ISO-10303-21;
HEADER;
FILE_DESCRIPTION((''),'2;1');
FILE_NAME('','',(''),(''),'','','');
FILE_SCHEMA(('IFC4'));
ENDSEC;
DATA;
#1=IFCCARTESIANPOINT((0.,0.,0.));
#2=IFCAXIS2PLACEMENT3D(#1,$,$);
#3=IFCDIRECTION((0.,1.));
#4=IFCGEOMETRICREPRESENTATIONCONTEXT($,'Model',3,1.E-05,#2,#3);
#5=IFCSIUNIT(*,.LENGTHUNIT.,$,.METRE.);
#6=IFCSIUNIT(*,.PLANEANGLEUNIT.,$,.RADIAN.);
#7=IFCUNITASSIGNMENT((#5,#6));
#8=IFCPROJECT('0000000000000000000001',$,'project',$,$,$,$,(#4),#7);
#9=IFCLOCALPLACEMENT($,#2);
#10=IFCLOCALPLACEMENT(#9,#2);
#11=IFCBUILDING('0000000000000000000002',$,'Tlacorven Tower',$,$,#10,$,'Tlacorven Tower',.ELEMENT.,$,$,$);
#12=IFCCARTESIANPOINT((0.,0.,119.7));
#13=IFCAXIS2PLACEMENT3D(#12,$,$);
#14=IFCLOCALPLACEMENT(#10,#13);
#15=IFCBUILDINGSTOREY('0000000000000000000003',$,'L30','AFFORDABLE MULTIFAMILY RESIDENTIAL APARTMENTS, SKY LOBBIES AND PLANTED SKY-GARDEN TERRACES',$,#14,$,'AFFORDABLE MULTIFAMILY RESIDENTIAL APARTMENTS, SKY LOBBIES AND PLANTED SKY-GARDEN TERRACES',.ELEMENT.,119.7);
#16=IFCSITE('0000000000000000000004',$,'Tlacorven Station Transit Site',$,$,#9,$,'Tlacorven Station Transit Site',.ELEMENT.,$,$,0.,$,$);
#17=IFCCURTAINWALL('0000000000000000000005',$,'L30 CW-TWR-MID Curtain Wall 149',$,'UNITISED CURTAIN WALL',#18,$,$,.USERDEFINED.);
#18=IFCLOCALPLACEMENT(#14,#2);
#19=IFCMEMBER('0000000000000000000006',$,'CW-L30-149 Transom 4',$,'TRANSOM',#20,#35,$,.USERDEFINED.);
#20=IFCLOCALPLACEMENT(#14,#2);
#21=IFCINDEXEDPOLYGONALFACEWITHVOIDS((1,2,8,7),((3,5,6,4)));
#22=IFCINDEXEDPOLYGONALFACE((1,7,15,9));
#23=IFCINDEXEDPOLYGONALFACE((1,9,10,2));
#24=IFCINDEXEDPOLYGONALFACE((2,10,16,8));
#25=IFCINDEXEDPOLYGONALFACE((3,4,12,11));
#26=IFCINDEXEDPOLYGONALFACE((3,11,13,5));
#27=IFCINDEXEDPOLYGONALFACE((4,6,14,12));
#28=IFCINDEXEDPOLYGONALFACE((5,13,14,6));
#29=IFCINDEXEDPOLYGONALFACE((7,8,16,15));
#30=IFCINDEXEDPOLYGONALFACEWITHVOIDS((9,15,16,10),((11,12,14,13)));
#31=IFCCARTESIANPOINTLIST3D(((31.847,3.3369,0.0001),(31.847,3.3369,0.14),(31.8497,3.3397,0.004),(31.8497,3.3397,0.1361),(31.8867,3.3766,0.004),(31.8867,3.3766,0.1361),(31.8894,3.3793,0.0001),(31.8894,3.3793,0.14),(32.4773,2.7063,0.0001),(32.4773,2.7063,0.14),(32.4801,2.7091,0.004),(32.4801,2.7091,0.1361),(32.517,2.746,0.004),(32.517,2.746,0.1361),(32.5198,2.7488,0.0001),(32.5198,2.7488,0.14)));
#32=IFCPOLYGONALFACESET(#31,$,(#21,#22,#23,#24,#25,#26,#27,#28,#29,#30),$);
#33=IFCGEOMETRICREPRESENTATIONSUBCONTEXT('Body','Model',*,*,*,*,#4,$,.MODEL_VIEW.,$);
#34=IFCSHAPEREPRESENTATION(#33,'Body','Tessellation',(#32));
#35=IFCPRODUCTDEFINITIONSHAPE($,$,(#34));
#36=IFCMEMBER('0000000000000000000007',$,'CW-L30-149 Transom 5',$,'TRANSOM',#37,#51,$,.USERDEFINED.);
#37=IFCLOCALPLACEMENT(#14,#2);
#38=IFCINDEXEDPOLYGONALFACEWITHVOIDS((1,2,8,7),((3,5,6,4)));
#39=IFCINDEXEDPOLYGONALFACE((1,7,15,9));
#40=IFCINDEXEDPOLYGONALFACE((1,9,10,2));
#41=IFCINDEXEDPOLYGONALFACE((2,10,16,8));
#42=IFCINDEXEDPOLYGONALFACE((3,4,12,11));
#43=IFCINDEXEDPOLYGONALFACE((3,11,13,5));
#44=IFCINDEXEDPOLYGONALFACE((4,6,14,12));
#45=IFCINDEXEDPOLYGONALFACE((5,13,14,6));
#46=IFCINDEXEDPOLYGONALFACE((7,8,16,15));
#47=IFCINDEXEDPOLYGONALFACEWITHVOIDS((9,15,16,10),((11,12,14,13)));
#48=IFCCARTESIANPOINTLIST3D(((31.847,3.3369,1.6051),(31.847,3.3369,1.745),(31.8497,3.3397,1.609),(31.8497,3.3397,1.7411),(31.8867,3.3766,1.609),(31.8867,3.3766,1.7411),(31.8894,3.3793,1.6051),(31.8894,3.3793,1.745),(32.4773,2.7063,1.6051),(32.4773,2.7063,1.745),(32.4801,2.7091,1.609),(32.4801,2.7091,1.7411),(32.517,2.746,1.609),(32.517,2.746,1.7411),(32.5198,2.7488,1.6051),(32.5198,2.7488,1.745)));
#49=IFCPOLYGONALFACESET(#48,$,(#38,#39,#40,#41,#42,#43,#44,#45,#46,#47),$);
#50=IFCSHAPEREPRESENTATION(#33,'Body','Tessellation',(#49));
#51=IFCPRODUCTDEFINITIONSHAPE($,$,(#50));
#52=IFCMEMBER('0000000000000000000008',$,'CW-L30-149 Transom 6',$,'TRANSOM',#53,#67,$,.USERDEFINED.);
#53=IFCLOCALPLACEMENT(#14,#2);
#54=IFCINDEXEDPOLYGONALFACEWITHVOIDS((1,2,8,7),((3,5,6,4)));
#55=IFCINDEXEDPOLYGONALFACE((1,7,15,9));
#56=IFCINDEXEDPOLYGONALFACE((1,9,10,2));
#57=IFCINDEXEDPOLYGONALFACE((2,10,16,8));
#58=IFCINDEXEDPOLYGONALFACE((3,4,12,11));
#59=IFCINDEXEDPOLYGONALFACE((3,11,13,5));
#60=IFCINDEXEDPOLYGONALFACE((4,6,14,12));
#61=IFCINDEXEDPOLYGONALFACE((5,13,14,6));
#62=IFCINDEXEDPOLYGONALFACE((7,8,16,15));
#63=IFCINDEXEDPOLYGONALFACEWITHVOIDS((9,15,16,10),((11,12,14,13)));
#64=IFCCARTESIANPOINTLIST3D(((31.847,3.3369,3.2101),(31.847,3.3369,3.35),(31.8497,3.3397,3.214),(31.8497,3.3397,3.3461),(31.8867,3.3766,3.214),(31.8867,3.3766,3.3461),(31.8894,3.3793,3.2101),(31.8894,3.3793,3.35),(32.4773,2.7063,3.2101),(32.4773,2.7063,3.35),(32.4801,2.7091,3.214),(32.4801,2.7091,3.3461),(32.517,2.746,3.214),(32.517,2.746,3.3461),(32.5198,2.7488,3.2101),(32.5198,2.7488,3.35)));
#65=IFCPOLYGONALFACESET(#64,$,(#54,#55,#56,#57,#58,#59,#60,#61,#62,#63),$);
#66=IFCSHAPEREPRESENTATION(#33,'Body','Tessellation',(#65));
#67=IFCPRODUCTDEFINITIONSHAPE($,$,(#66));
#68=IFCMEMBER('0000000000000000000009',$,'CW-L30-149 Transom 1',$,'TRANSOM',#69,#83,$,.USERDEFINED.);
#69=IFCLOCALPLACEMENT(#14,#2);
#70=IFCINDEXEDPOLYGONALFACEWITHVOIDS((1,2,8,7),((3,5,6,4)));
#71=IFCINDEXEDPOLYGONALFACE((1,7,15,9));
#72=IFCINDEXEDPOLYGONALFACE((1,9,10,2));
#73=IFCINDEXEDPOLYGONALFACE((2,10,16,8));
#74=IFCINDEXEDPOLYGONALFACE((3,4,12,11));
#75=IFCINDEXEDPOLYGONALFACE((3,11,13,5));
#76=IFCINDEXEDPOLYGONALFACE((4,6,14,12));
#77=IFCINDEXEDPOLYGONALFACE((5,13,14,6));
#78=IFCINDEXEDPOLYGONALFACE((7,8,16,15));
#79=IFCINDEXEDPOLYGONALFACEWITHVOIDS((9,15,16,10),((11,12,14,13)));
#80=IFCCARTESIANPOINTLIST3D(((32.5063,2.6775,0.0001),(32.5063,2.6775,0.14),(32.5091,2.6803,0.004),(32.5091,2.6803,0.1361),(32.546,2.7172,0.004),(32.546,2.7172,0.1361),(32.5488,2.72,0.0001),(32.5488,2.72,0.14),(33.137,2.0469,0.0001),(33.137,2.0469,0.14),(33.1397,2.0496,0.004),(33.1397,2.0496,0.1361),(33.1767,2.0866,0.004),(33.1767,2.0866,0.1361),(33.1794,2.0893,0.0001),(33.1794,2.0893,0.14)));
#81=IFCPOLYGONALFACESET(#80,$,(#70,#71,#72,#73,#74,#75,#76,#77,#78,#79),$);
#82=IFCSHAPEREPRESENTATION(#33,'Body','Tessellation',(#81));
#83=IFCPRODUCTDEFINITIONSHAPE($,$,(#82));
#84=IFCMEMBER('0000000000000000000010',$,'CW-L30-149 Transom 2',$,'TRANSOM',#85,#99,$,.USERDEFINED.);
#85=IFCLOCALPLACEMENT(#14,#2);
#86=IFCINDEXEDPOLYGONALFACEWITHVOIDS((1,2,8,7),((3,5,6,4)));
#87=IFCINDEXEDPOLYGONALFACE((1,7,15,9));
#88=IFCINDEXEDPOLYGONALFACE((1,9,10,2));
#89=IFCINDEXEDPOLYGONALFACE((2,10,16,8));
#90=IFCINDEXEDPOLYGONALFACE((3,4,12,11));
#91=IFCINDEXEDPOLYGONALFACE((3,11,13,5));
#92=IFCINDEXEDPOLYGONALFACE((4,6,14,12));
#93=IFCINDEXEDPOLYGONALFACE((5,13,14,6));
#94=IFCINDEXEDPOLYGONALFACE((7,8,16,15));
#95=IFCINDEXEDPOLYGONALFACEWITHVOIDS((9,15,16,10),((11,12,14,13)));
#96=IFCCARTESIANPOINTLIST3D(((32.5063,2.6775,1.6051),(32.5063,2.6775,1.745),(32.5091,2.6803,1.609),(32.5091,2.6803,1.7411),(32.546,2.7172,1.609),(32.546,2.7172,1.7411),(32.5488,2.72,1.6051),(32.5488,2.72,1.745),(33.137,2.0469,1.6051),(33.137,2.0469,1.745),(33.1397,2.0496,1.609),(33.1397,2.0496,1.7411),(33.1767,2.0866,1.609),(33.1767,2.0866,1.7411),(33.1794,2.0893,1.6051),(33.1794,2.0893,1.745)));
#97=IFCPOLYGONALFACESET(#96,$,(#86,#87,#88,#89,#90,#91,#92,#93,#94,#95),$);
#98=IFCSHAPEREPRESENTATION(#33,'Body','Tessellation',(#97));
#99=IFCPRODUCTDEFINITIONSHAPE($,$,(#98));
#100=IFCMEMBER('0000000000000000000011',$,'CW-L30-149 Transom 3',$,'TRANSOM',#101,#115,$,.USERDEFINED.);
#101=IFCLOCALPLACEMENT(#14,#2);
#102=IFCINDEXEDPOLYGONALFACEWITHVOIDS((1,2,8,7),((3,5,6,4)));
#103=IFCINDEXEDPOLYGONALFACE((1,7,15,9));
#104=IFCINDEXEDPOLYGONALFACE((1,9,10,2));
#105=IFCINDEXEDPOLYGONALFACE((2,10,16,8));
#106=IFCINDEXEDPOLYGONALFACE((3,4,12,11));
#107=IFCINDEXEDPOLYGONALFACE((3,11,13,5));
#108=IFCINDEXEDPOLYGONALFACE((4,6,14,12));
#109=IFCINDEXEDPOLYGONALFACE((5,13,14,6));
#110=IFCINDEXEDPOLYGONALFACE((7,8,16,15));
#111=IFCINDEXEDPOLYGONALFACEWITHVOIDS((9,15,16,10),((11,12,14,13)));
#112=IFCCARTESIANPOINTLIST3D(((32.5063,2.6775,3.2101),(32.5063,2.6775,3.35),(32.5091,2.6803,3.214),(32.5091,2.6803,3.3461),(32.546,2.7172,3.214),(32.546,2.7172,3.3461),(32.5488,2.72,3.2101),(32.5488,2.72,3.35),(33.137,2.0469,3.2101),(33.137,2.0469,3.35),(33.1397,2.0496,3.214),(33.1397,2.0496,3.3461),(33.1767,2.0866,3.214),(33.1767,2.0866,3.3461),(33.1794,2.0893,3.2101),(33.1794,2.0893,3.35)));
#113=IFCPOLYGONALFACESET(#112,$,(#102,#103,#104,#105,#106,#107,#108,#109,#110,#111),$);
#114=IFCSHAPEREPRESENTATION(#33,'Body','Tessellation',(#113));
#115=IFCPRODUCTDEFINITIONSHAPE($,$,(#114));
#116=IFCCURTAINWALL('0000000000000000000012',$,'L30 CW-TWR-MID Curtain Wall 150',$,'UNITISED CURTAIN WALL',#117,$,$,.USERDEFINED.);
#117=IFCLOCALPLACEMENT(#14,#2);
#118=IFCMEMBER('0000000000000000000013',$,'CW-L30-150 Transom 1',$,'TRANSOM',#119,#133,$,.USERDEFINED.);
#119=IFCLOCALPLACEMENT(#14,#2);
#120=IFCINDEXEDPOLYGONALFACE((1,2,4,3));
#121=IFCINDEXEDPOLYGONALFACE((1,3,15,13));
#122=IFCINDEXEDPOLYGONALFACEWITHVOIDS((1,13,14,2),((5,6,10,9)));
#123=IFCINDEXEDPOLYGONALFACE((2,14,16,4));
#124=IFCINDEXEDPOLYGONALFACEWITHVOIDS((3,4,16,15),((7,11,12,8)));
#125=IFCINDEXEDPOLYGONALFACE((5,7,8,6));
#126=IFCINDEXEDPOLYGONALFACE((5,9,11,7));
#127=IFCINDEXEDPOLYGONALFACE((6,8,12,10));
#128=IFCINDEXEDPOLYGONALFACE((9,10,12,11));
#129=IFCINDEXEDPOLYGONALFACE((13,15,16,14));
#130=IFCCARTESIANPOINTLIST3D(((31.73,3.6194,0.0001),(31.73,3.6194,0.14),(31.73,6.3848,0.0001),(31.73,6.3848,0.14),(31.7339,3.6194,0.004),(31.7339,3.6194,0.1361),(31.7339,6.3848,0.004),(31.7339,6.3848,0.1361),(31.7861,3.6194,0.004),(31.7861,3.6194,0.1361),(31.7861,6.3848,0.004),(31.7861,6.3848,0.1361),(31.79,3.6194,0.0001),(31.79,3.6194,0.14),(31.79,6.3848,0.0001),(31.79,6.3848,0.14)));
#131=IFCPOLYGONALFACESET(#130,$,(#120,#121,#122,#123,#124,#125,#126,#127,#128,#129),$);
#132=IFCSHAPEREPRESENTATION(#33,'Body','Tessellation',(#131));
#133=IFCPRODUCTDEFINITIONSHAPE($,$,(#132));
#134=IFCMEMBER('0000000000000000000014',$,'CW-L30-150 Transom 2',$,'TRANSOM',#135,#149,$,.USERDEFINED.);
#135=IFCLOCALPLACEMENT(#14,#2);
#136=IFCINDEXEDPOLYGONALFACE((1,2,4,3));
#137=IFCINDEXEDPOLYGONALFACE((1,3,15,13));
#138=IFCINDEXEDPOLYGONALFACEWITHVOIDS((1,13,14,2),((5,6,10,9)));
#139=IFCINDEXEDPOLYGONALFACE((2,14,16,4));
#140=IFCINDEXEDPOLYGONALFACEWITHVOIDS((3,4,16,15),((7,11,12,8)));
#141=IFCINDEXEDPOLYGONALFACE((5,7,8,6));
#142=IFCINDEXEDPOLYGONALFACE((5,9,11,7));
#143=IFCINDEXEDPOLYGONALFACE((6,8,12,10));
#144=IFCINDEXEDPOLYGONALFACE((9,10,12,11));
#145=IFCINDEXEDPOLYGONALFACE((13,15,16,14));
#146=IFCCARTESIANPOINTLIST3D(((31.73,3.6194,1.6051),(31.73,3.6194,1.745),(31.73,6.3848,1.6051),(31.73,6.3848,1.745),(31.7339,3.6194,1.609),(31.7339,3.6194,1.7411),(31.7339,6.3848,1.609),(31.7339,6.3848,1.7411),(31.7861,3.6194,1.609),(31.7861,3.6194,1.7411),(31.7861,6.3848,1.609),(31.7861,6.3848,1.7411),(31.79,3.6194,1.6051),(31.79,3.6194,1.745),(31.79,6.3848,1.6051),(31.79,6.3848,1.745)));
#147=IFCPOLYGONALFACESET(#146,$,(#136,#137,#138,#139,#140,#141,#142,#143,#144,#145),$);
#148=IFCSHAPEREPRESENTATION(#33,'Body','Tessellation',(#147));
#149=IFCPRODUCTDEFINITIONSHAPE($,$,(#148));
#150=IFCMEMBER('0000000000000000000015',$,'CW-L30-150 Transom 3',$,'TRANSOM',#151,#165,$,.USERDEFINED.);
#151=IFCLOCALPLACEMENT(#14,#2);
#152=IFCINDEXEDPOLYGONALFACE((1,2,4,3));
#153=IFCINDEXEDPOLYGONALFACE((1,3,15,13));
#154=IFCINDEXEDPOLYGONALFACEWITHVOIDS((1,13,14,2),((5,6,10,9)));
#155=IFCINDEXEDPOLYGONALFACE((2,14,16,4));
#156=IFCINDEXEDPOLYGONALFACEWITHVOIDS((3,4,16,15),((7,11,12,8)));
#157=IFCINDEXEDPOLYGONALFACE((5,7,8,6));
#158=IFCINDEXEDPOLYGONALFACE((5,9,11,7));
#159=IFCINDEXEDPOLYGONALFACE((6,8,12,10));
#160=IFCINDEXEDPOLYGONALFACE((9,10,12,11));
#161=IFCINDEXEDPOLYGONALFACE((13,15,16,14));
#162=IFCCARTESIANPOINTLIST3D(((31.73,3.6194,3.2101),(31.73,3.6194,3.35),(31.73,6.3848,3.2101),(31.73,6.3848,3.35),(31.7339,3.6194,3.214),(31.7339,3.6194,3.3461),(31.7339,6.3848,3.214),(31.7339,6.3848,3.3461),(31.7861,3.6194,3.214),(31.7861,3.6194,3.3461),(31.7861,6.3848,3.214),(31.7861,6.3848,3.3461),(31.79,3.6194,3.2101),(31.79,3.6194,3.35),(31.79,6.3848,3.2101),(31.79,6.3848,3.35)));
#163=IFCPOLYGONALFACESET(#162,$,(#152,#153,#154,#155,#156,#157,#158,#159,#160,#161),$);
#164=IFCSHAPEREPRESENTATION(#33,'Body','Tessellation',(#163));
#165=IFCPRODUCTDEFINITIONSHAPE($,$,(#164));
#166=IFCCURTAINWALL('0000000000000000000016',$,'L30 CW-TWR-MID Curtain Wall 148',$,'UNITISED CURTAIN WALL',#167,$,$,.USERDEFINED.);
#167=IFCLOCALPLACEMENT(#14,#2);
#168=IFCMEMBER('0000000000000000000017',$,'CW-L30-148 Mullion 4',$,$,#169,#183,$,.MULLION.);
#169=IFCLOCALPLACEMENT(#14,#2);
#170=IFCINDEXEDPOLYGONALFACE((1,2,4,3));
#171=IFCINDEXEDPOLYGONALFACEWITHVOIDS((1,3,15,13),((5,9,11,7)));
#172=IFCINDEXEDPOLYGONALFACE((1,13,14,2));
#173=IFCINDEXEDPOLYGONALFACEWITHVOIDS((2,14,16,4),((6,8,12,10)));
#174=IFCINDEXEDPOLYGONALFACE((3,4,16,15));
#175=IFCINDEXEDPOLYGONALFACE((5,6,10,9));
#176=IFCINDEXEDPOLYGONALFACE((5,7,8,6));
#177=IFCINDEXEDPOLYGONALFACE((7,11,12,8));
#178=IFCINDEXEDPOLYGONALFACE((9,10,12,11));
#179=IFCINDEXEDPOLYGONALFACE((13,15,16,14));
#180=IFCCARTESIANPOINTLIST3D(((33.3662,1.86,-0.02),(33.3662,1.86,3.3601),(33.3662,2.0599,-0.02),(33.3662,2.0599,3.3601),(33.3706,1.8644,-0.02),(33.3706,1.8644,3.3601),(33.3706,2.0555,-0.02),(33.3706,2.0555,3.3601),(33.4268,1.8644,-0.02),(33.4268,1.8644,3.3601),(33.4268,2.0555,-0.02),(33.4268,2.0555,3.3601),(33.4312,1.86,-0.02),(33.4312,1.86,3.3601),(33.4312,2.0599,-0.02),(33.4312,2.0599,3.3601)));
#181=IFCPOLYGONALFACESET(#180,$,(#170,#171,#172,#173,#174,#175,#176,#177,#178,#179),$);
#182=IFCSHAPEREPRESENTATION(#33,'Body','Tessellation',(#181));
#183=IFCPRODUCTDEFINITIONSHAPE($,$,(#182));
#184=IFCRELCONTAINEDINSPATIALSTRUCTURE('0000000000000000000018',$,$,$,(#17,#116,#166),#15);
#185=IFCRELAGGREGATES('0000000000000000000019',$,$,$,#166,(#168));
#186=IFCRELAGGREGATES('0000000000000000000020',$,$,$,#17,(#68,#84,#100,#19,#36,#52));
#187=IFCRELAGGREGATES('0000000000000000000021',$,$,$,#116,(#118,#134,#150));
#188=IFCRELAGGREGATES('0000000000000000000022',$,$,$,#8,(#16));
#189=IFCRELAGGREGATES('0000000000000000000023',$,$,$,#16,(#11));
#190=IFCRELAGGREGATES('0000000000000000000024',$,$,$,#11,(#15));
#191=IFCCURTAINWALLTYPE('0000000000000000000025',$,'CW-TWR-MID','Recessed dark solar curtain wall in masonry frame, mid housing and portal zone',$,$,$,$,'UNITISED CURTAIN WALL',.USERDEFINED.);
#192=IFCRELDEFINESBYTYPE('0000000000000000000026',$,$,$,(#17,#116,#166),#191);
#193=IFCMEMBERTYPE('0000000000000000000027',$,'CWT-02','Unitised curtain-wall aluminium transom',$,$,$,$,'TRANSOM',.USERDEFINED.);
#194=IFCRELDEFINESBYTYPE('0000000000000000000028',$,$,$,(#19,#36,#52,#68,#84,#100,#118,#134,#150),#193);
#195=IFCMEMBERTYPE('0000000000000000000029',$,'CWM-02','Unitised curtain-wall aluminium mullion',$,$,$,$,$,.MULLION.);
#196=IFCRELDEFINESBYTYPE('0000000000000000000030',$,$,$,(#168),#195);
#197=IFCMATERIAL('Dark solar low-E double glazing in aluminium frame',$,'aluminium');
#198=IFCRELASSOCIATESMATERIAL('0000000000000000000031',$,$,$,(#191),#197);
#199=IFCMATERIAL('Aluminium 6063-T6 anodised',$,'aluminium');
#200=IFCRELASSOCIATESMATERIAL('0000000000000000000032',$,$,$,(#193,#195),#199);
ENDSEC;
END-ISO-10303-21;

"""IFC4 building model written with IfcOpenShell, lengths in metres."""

from ifc_helpers import new_model, si_unit, direction, frame, origin, origin_2d, place, context, subcontext, project, spatial, hollow_rectangle, extrude, source, transform, mapped, material, material_profile, profile_set, type_object, element, aggregate, save


model = new_model("IFC4")

# Units and contexts
model_context = context("Model", 3, precision=1e-05, world=origin(), true_north=direction((0.0, 1.0)))
body_context = subcontext(model_context, "Body", "Model", "MODEL_VIEW")
ifc_project = project(units=[si_unit("LENGTHUNIT", "METRE"), si_unit("PLANEANGLEUNIT", "RADIAN")], contexts=[model_context])

# Site, building, storey
site_placement = place(None, origin())
site = spatial("IfcSite", under=ifc_project, at=site_placement, Name="Tlacorven Station Transit Site", LongName="Tlacorven Station Transit Site", CompositionType="ELEMENT", RefElevation=0.0)
building_placement = place(site_placement, origin())
building = spatial("IfcBuilding", under=site, at=building_placement, Name="Tlacorven Tower", LongName="Tlacorven Tower", CompositionType="ELEMENT")
storey_placement = place(building_placement, frame((0.0, 0.0, 119.7)))
storey = spatial("IfcBuildingStorey", under=building, at=storey_placement, Name="L30", Description="AFFORDABLE MULTIFAMILY RESIDENTIAL APARTMENTS, SKY LOBBIES AND PLANTED SKY-GARDEN TERRACES", LongName="AFFORDABLE MULTIFAMILY RESIDENTIAL APARTMENTS, SKY LOBBIES AND PLANTED SKY-GARDEN TERRACES", CompositionType="ELEMENT", Elevation=119.7)

# Curtain walls, members
ifc_material_1 = material(Name="Dark solar low-E double glazing in aluminium frame", Category="aluminium")
curtain_wall_type = type_object("IfcCurtainWallType", Name="CW-TWR-MID", Description="Recessed dark solar curtain wall in masonry frame, mid housing and portal zone", ElementType="UNITISED CURTAIN WALL", PredefinedType="USERDEFINED", material=ifc_material_1)
curtain_wall_1_placement = place(storey_placement, origin())
curtain_wall_1 = element("IfcCurtainWall", 1, at=curtain_wall_1_placement, inside=storey, type_object=curtain_wall_type, Name="L30 CW-TWR-MID Curtain Wall 149", ObjectType="UNITISED CURTAIN WALL", PredefinedType="USERDEFINED")
ifc_material_2 = material(Name="Aluminium 6063-T6 anodised", Category="aluminium")
ifc_material_profile_1 = material_profile(ifc_material_2, hollow_rectangle(XDim=0.0601, YDim=0.1399, WallThickness=0.0039, at=origin_2d()), Name="ALU TRANSOM 60X140")
ifc_profile_set_1 = profile_set([ifc_material_profile_1], Name="Aluminium 6063-T6 anodised")
member_type_1 = type_object("IfcMemberType", Name="CWT-02", Description="Unitised curtain-wall aluminium transom", ElementType="TRANSOM", PredefinedType="USERDEFINED", material=ifc_profile_set_1)
shared_shape_1 = source(origin(), body_context, "Body", "SweptSolid", [
    extrude(hollow_rectangle(XDim=0.0601, YDim=0.1399, WallThickness=0.0039, at=origin_2d()), origin(), (0.0, 0.0, 1.0), 0.8916),
])
member_1_placement = place(storey_placement, frame((32.4985, 2.7275, 0.0701), z_axis=(-0.70697, 0.707244, 0.0), x_axis=(-0.707244, -0.70697, 0.0)))
member_1 = element("IfcMember", 2, at=member_1_placement, type_object=member_type_1, Name="CW-L30-149 Transom 4", ObjectType="TRANSOM", PredefinedType="USERDEFINED", context=body_context, shape_type="MappedRepresentation", body=[
    mapped(shared_shape_1, transform((0.0, 0.0, 0.0), scale=1.0)),
])
member_2_placement = place(storey_placement, frame((32.4985, 2.7275, 1.675), z_axis=(-0.70697, 0.707244, 0.0), x_axis=(-0.707244, -0.70697, 0.0)))
member_2 = element("IfcMember", 3, at=member_2_placement, type_object=member_type_1, Name="CW-L30-149 Transom 5", ObjectType="TRANSOM", PredefinedType="USERDEFINED", context=body_context, shape_type="MappedRepresentation", body=[
    mapped(shared_shape_1, transform((0.0, 0.0, 0.0), scale=1.0)),
])
member_3_placement = place(storey_placement, frame((32.4985, 2.7275, 3.28), z_axis=(-0.70697, 0.707244, 0.0), x_axis=(-0.707244, -0.70697, 0.0)))
member_3 = element("IfcMember", 4, at=member_3_placement, type_object=member_type_1, Name="CW-L30-149 Transom 6", ObjectType="TRANSOM", PredefinedType="USERDEFINED", context=body_context, shape_type="MappedRepresentation", body=[
    mapped(shared_shape_1, transform((0.0, 0.0, 0.0), scale=1.0)),
])
shared_shape_2 = source(origin(), body_context, "Body", "SweptSolid", [
    extrude(hollow_rectangle(XDim=0.0601, YDim=0.1399, WallThickness=0.0039, at=origin_2d()), origin(), (0.0, 0.0, 1.0), 0.8918),
])
member_4_placement = place(storey_placement, frame((33.1582, 2.0681, 0.0701), z_axis=(-0.707107, 0.707107, 0.0), x_axis=(-0.707107, -0.707107, 0.0)))
member_4 = element("IfcMember", 5, at=member_4_placement, type_object=member_type_1, Name="CW-L30-149 Transom 1", ObjectType="TRANSOM", PredefinedType="USERDEFINED", context=body_context, shape_type="MappedRepresentation", body=[
    mapped(shared_shape_2, transform((0.0, 0.0, 0.0), scale=1.0)),
])
member_5_placement = place(storey_placement, frame((33.1582, 2.0681, 1.675), z_axis=(-0.707107, 0.707107, 0.0), x_axis=(-0.707107, -0.707107, 0.0)))
member_5 = element("IfcMember", 6, at=member_5_placement, type_object=member_type_1, Name="CW-L30-149 Transom 2", ObjectType="TRANSOM", PredefinedType="USERDEFINED", context=body_context, shape_type="MappedRepresentation", body=[
    mapped(shared_shape_2, transform((0.0, 0.0, 0.0), scale=1.0)),
])
member_6_placement = place(storey_placement, frame((33.1582, 2.0681, 3.28), z_axis=(-0.707107, 0.707107, 0.0), x_axis=(-0.707107, -0.707107, 0.0)))
member_6 = element("IfcMember", 7, at=member_6_placement, type_object=member_type_1, Name="CW-L30-149 Transom 3", ObjectType="TRANSOM", PredefinedType="USERDEFINED", context=body_context, shape_type="MappedRepresentation", body=[
    mapped(shared_shape_2, transform((0.0, 0.0, 0.0), scale=1.0)),
])
curtain_wall_2_placement = place(storey_placement, origin())
curtain_wall_2 = element("IfcCurtainWall", 8, at=curtain_wall_2_placement, inside=storey, type_object=curtain_wall_type, Name="L30 CW-TWR-MID Curtain Wall 150", ObjectType="UNITISED CURTAIN WALL", PredefinedType="USERDEFINED")
shared_shape_3 = source(origin(), body_context, "Body", "SweptSolid", [
    extrude(hollow_rectangle(XDim=0.0601, YDim=0.1399, WallThickness=0.0039, at=origin_2d()), origin(), (0.0, 0.0, 1.0), 2.7654),
])
member_7_placement = place(storey_placement, frame((31.76, 3.6194, 0.0701), z_axis=(0.0, 1.0, 0.0), x_axis=(-1.0, 0.0, 0.0)))
member_7 = element("IfcMember", 9, at=member_7_placement, type_object=member_type_1, Name="CW-L30-150 Transom 1", ObjectType="TRANSOM", PredefinedType="USERDEFINED", context=body_context, shape_type="MappedRepresentation", body=[
    mapped(shared_shape_3, transform((0.0, 0.0, 0.0), scale=1.0)),
])
member_8_placement = place(storey_placement, frame((31.76, 3.6194, 1.675), z_axis=(0.0, 1.0, 0.0), x_axis=(-1.0, 0.0, 0.0)))
member_8 = element("IfcMember", 10, at=member_8_placement, type_object=member_type_1, Name="CW-L30-150 Transom 2", ObjectType="TRANSOM", PredefinedType="USERDEFINED", context=body_context, shape_type="MappedRepresentation", body=[
    mapped(shared_shape_3, transform((0.0, 0.0, 0.0), scale=1.0)),
])
member_9_placement = place(storey_placement, frame((31.76, 3.6194, 3.28), z_axis=(0.0, 1.0, 0.0), x_axis=(-1.0, 0.0, 0.0)))
member_9 = element("IfcMember", 11, at=member_9_placement, type_object=member_type_1, Name="CW-L30-150 Transom 3", ObjectType="TRANSOM", PredefinedType="USERDEFINED", context=body_context, shape_type="MappedRepresentation", body=[
    mapped(shared_shape_3, transform((0.0, 0.0, 0.0), scale=1.0)),
])

# Curtain wall, member
curtain_wall_3_placement = place(storey_placement, origin())
curtain_wall_3 = element("IfcCurtainWall", 12, at=curtain_wall_3_placement, inside=storey, type_object=curtain_wall_type, Name="L30 CW-TWR-MID Curtain Wall 148", ObjectType="UNITISED CURTAIN WALL", PredefinedType="USERDEFINED")
ifc_material_profile_2 = material_profile(ifc_material_2, hollow_rectangle(XDim=0.0649, YDim=0.2, WallThickness=0.0044, at=origin_2d()), Name="ALU MULLION 65X200")
ifc_profile_set_2 = profile_set([ifc_material_profile_2], Name="Aluminium 6063-T6 anodised")
member_type_2 = type_object("IfcMemberType", Name="CWM-02", Description="Unitised curtain-wall aluminium mullion", PredefinedType="MULLION", material=ifc_profile_set_2)
shared_shape_4 = source(origin(), body_context, "Body", "SweptSolid", [
    extrude(hollow_rectangle(XDim=0.0649, YDim=0.2, WallThickness=0.0044, at=origin_2d()), origin(), (0.0, 0.0, 1.0), 3.3801),
])
member_10_placement = place(storey_placement, frame((33.3987, 1.96, -0.02), z_axis=(0.0, 0.0, 1.0), x_axis=(-1.0, 0.0, 0.0)))
member_10 = element("IfcMember", 13, at=member_10_placement, type_object=member_type_2, Name="CW-L30-148 Mullion 4", PredefinedType="MULLION", context=body_context, shape_type="MappedRepresentation", body=[
    mapped(shared_shape_4, transform((0.0, 0.0, 0.0), scale=1.0)),
])
aggregate(curtain_wall_3, [member_10])

aggregate(curtain_wall_1, [member_4, member_5, member_6, member_1, member_2, member_3])
aggregate(curtain_wall_2, [member_7, member_8, member_9])

save(model, "model.ifc")
